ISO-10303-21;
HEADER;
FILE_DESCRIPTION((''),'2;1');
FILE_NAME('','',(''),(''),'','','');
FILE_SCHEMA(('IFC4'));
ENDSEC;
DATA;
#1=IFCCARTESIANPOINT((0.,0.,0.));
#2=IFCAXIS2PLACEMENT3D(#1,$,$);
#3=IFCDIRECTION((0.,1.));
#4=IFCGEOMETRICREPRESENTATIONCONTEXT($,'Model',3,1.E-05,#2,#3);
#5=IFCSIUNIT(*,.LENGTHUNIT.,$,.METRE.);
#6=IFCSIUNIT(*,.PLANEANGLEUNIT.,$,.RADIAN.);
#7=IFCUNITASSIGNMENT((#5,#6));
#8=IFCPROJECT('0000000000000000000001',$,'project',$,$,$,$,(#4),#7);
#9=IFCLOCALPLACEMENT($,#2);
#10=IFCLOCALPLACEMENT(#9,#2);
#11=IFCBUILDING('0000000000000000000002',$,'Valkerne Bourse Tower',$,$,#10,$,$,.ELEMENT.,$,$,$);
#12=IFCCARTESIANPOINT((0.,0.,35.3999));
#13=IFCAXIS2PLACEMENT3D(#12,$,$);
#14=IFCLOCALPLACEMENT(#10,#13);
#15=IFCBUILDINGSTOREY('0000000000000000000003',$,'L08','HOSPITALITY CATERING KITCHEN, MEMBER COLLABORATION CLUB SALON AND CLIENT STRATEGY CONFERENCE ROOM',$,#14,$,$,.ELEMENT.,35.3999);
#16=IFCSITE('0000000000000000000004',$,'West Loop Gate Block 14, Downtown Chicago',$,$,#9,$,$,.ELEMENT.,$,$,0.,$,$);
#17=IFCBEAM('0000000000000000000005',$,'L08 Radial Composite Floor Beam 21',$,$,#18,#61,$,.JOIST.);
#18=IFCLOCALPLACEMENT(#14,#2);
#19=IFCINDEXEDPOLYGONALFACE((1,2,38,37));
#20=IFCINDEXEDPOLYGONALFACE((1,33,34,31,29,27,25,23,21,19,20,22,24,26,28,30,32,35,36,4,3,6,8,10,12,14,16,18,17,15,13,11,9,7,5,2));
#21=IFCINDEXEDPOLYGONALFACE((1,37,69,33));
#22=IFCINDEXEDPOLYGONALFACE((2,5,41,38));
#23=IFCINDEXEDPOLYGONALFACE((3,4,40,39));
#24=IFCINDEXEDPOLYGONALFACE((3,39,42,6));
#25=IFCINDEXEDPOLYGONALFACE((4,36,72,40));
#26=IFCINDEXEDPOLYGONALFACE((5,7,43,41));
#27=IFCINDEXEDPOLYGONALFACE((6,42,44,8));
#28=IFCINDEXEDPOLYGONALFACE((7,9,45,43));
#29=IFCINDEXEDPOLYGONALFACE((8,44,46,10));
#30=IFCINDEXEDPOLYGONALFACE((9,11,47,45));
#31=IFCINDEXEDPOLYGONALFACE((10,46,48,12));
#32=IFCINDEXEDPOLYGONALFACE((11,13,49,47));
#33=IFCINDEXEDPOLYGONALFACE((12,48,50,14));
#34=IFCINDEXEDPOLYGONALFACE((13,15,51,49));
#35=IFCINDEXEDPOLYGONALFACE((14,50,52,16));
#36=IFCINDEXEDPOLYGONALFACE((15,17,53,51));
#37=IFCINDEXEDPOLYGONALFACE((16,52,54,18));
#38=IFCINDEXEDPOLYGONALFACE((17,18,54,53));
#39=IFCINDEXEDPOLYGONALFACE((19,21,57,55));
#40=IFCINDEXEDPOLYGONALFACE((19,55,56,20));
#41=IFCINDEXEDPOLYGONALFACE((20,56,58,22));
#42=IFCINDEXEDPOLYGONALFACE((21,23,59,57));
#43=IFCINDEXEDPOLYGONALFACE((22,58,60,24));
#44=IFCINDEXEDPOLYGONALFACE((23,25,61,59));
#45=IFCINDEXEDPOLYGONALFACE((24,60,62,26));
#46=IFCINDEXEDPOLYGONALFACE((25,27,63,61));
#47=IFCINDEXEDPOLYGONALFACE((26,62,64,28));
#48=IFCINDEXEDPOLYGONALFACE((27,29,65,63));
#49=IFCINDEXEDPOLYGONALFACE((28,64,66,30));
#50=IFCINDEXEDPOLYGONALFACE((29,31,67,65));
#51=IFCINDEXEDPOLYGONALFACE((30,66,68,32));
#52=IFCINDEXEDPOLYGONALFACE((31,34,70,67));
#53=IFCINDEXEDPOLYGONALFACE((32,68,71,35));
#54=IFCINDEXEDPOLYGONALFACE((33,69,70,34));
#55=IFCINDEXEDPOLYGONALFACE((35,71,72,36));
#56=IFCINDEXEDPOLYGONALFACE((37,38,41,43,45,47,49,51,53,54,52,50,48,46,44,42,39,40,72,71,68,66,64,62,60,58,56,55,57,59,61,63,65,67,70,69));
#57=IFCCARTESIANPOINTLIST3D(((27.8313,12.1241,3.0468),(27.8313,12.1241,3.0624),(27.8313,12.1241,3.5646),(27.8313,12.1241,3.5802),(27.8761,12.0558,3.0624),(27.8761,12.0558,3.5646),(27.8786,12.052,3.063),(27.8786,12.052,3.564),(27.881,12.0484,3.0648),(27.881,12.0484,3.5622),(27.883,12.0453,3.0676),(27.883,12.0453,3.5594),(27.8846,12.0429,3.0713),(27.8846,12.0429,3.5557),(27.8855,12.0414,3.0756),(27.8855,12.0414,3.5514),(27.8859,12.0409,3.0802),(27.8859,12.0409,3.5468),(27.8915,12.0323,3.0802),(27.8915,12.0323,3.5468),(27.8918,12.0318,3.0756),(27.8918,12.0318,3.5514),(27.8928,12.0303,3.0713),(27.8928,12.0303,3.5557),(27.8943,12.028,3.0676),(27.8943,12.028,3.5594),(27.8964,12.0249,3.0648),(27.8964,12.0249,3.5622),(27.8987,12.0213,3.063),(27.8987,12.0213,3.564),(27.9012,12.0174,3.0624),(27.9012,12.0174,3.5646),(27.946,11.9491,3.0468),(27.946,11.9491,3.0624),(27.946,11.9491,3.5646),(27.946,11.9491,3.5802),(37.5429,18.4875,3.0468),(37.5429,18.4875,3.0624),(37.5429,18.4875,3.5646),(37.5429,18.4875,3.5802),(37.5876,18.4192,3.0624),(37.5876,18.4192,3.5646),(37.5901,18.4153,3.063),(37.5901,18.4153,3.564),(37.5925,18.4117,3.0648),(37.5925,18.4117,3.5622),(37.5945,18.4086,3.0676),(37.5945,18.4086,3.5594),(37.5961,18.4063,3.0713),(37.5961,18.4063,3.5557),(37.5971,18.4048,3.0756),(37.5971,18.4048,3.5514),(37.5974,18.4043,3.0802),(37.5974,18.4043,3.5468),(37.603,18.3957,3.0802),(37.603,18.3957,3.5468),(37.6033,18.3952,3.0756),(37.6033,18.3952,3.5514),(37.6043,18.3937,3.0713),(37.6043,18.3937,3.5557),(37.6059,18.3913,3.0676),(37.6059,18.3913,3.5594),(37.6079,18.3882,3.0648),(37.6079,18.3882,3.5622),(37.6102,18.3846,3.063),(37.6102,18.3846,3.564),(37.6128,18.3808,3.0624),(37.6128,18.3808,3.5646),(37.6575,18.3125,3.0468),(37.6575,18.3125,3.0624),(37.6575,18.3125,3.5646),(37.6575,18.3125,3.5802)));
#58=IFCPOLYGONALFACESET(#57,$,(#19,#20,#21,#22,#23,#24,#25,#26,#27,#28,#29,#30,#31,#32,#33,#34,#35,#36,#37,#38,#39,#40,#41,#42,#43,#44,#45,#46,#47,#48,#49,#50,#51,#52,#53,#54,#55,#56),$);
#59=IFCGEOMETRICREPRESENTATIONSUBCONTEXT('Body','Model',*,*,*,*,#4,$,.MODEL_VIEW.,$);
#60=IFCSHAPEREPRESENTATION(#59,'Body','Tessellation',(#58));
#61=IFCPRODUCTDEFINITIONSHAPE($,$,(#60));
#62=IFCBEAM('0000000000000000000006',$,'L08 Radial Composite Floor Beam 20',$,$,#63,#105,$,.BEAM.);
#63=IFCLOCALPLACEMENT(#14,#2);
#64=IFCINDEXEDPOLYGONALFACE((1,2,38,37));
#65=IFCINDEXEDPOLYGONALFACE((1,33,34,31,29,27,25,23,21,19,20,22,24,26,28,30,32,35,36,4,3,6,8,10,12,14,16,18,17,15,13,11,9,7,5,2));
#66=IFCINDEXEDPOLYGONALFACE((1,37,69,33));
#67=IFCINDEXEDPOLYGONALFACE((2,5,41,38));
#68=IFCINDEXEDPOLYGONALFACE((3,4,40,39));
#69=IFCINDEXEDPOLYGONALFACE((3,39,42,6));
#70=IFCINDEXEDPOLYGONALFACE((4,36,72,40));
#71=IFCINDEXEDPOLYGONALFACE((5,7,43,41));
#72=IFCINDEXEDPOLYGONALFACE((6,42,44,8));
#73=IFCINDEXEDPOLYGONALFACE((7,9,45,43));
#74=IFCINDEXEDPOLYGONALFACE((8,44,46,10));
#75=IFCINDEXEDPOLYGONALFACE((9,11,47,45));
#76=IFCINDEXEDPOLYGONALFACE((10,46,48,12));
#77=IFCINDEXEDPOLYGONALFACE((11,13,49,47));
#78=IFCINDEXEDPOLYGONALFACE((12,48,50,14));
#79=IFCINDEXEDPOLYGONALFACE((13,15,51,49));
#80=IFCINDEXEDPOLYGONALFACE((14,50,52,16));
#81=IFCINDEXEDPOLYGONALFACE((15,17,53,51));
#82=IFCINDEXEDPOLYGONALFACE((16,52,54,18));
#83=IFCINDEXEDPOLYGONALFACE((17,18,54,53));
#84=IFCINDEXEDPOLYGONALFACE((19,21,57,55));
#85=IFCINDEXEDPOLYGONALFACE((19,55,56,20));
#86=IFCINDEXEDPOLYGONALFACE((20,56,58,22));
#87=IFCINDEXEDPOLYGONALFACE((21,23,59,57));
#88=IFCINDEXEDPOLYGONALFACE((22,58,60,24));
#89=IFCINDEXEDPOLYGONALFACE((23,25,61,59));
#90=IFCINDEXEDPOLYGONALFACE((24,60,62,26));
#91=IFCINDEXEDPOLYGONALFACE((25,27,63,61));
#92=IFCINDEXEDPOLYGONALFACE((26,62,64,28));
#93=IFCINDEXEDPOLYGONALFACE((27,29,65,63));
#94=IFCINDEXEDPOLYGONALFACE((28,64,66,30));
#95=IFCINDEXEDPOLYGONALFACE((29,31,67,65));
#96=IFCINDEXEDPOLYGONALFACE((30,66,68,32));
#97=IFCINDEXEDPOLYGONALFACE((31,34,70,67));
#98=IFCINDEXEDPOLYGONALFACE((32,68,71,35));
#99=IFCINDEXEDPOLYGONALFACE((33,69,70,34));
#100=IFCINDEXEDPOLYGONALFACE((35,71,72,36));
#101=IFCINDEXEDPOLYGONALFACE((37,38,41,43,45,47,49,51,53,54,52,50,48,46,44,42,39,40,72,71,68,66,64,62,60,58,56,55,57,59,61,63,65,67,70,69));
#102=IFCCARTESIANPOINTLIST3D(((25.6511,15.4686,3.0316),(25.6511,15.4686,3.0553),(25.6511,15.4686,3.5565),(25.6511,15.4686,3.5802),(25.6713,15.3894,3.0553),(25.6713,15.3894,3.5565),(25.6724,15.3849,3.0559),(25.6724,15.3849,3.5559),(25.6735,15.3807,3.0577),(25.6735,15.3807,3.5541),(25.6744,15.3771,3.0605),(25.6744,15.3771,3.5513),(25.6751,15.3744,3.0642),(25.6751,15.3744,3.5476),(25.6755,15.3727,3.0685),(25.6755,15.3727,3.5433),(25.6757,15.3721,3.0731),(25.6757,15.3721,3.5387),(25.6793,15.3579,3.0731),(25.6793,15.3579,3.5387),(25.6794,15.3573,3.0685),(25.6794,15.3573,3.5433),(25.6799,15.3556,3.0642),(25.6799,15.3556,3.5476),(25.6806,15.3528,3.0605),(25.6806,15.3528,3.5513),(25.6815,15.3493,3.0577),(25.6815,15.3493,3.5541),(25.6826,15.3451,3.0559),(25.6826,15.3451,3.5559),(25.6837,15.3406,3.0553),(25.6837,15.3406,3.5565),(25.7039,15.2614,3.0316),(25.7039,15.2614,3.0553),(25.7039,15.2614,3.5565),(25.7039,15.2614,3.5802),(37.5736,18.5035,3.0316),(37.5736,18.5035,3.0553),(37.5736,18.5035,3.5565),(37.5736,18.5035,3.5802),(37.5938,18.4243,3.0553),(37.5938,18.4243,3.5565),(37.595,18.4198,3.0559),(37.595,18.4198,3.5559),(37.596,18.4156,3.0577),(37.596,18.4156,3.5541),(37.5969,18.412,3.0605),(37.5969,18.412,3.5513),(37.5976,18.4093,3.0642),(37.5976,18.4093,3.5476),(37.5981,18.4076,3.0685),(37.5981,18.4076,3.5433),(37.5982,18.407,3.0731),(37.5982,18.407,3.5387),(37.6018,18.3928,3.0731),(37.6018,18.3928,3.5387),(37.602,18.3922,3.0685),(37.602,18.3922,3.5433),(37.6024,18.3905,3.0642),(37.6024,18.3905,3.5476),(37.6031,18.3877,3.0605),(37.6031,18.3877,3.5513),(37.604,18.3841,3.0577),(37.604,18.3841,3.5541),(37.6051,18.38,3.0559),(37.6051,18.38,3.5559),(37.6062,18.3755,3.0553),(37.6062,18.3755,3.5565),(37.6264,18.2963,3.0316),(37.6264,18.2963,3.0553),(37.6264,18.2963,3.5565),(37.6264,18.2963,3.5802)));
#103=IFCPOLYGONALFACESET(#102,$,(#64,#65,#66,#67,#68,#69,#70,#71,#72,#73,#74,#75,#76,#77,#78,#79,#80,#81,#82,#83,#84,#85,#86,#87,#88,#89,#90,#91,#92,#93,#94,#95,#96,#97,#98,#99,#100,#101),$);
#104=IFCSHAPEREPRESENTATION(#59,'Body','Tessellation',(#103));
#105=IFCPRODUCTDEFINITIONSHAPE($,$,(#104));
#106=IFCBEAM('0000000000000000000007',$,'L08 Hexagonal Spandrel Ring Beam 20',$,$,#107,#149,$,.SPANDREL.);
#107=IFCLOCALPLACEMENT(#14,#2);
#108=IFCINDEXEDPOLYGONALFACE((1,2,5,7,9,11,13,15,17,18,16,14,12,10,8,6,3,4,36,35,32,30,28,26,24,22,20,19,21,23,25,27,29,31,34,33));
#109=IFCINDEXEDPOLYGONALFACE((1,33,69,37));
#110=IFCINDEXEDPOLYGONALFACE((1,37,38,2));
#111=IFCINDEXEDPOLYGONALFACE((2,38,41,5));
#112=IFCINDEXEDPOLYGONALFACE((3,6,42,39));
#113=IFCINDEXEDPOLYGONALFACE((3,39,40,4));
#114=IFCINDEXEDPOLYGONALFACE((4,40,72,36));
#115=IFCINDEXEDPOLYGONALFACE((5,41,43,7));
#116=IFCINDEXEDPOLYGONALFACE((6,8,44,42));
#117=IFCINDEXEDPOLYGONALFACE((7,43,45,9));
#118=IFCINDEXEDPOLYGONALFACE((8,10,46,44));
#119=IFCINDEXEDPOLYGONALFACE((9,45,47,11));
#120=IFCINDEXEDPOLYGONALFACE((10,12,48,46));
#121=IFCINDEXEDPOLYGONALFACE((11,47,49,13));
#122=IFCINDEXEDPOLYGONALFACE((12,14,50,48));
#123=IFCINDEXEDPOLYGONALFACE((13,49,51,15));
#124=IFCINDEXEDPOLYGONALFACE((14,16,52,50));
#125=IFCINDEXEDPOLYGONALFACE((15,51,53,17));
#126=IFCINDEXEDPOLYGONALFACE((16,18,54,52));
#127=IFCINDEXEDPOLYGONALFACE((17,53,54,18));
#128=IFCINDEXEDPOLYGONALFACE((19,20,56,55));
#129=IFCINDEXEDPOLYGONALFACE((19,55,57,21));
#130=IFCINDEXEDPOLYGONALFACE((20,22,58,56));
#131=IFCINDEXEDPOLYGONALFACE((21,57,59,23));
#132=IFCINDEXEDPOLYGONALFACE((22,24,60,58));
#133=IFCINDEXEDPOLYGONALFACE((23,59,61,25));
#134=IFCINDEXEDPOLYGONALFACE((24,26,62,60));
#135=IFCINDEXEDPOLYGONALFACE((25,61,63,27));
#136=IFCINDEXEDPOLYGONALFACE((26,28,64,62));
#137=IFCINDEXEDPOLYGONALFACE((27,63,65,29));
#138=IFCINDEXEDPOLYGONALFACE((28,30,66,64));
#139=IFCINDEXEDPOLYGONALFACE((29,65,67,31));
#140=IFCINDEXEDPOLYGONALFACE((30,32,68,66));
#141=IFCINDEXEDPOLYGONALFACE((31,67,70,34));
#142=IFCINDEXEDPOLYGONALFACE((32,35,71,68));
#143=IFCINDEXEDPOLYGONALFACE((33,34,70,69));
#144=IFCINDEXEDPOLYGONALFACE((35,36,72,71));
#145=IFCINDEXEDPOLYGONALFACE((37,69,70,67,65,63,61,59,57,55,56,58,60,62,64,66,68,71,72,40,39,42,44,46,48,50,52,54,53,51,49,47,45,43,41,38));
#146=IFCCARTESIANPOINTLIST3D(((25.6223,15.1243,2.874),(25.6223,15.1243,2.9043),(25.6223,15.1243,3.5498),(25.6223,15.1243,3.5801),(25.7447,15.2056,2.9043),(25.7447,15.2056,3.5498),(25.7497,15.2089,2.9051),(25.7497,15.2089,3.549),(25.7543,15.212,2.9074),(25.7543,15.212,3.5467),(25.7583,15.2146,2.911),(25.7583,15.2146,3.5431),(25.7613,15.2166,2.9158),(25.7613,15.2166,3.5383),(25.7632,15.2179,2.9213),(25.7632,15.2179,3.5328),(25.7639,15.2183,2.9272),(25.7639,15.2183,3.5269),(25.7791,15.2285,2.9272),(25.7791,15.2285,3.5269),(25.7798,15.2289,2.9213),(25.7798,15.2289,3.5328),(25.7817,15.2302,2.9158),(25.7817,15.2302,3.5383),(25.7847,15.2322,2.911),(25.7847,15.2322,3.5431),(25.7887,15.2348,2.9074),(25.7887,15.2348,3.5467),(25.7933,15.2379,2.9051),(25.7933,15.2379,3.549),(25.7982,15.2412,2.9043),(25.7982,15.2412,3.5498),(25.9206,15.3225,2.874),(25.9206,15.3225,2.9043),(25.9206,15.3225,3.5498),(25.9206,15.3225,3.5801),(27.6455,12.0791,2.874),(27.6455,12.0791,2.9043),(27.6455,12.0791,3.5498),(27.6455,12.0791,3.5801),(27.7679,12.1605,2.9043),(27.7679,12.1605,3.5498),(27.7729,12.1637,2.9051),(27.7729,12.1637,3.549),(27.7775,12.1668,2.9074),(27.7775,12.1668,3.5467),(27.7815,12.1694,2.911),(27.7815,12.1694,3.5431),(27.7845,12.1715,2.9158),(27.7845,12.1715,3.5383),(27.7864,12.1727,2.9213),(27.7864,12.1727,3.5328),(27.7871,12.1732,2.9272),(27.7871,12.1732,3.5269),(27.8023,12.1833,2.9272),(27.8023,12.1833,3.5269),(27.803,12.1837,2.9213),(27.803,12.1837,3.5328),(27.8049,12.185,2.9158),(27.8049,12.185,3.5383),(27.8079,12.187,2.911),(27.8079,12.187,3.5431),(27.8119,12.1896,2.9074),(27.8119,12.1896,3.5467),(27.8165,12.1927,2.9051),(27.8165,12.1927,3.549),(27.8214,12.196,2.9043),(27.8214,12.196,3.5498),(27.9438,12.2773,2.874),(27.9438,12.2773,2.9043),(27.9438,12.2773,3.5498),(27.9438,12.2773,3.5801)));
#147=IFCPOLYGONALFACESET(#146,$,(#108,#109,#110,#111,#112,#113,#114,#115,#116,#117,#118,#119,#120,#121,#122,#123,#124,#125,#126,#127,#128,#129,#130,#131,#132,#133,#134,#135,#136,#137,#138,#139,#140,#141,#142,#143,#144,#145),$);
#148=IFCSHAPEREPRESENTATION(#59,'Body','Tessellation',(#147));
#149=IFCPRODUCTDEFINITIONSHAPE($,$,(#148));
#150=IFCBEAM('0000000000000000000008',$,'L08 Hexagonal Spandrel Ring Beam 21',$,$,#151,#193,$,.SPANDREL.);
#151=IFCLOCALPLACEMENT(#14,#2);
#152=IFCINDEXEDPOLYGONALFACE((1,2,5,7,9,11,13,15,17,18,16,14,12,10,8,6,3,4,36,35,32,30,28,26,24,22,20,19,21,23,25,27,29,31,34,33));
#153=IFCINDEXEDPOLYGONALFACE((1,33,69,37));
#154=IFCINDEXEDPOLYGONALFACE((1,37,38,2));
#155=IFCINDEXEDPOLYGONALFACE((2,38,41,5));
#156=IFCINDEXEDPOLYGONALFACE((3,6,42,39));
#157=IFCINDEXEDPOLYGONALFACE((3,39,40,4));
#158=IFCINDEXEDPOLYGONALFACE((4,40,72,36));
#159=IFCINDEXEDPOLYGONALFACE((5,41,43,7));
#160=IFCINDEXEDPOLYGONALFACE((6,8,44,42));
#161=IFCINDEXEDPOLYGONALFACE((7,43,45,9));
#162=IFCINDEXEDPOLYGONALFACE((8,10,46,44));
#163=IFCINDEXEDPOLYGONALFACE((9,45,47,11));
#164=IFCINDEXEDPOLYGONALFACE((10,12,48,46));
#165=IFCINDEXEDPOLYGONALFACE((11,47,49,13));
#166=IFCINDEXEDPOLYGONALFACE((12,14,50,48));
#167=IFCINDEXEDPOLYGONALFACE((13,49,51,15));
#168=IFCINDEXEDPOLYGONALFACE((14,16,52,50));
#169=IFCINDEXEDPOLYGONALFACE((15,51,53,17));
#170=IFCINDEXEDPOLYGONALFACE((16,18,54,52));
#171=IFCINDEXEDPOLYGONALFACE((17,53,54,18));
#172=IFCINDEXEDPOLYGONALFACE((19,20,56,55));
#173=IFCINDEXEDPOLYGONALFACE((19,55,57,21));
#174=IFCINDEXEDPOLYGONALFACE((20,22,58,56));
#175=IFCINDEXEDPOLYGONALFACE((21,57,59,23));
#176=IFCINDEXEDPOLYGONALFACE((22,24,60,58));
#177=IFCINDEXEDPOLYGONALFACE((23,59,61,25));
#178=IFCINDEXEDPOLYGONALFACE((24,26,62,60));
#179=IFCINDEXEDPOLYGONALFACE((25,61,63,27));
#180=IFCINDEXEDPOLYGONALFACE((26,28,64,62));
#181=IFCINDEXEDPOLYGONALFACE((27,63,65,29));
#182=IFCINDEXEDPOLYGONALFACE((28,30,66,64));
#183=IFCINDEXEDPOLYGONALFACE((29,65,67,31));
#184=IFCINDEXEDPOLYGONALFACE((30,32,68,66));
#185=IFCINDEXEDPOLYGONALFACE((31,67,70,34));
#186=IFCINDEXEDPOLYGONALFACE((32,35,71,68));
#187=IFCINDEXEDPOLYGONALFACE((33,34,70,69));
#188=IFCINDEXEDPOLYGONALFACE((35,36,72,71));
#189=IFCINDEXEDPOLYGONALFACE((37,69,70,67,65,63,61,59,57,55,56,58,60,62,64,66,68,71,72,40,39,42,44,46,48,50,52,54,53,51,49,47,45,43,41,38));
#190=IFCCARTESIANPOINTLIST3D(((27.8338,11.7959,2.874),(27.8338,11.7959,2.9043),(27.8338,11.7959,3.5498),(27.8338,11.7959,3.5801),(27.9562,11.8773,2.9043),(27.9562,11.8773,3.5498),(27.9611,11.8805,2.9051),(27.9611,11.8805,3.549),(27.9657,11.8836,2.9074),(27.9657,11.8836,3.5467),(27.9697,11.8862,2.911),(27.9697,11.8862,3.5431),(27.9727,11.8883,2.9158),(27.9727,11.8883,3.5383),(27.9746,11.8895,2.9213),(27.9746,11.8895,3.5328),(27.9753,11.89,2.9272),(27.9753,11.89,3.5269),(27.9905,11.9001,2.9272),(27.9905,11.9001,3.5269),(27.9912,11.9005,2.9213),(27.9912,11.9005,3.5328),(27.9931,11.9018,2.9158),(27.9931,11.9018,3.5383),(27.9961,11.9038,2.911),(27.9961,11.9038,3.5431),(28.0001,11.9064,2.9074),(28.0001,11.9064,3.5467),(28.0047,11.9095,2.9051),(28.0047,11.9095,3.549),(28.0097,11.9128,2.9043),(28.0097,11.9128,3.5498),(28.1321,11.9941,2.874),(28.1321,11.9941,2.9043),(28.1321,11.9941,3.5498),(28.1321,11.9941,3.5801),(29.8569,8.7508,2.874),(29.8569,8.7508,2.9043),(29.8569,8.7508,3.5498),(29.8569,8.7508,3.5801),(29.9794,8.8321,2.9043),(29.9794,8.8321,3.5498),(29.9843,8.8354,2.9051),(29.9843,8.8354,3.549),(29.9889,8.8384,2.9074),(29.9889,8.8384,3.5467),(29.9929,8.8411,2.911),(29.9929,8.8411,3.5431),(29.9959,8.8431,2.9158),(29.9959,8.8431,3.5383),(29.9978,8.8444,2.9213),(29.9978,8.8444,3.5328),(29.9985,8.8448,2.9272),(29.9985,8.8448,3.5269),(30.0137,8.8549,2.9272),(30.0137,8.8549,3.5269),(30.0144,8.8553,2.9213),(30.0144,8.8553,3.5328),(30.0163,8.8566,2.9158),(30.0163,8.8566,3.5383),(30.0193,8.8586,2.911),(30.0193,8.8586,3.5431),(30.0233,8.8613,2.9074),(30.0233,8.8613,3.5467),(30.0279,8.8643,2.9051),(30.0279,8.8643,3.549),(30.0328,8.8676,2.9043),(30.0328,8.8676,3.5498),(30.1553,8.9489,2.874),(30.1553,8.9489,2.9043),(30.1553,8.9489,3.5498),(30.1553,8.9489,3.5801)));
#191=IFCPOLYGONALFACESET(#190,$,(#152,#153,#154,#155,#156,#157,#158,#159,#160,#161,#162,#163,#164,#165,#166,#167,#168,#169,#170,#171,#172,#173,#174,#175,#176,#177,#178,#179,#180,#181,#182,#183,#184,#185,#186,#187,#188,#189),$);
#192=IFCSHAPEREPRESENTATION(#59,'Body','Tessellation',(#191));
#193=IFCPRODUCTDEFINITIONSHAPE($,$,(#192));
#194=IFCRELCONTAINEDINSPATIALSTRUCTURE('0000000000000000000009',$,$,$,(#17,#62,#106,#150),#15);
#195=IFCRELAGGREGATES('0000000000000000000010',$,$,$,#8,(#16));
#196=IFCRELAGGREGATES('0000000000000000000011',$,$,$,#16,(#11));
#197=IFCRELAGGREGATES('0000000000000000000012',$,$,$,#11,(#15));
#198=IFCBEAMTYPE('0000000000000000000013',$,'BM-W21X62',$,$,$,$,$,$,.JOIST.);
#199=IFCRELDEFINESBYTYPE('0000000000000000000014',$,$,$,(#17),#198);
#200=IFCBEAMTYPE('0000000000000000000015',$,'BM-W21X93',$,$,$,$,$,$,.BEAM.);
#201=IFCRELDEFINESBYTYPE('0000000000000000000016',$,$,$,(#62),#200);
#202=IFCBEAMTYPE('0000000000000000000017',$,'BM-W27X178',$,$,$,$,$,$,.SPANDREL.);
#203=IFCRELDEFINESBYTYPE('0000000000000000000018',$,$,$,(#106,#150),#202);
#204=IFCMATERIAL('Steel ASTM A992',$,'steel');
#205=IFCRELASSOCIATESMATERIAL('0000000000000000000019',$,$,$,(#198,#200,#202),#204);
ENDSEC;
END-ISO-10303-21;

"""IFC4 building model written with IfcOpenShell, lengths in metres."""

from ifc_helpers import new_model, si_unit, direction, frame, origin, origin_2d, place, context, subcontext, project, spatial, i_section, extrude, material, material_profile, profile_set, type_object, element, save


model = new_model("IFC4")

# Units and contexts
model_context = context("Model", 3, precision=1e-05, world=origin(), true_north=direction((0.0, 1.0)))
body_context = subcontext(model_context, "Body", "Model", "MODEL_VIEW")
ifc_project = project(units=[si_unit("LENGTHUNIT", "METRE"), si_unit("PLANEANGLEUNIT", "RADIAN")], contexts=[model_context])

# Site, building, storey
site_placement = place(None, origin())
site = spatial("IfcSite", under=ifc_project, at=site_placement, Name="West Loop Gate Block 14, Downtown Chicago", CompositionType="ELEMENT", RefElevation=0.0)
building_placement = place(site_placement, origin())
building = spatial("IfcBuilding", under=site, at=building_placement, Name="Valkerne Bourse Tower", CompositionType="ELEMENT")
storey_placement = place(building_placement, frame((0.0, 0.0, 35.3999)))
storey = spatial("IfcBuildingStorey", under=building, at=storey_placement, Name="L08", Description="HOSPITALITY CATERING KITCHEN, MEMBER COLLABORATION CLUB SALON AND CLIENT STRATEGY CONFERENCE ROOM", CompositionType="ELEMENT", Elevation=35.3999)

# Beams
ifc_material_1 = material(Name="Steel ASTM A992", Category="steel")
ifc_material_profile_1 = material_profile(ifc_material_1, i_section(OverallWidth=0.2092, OverallDepth=0.5334, WebThickness=0.0103, FlangeThickness=0.0156, FilletRadius=0.0178, at=origin_2d()), Name="W21X62")
ifc_profile_set_1 = profile_set([ifc_material_profile_1], Name="Steel ASTM A992")
beam_type_1 = type_object("IfcBeamType", Name="BM-W21X62", PredefinedType="JOIST", material=ifc_profile_set_1)
beam_1_placement = place(storey_placement, frame((27.8887, 12.0366, 3.3135), z_axis=(0.836437, 0.548064, 0.0), x_axis=(-0.548064, 0.836437, 0.0)))
element("IfcBeam", 1, at=beam_1_placement, inside=storey, type_object=beam_type_1, Name="L08 Radial Composite Floor Beam 21", PredefinedType="JOIST", context=body_context, shape_type="SweptSolid", body=[
    extrude(i_section(OverallWidth=0.2092, OverallDepth=0.5334, WebThickness=0.0103, FlangeThickness=0.0156, FilletRadius=0.0178, at=origin_2d()), origin(), (0.0, 0.0, 1.0), 11.6106),
])
ifc_material_profile_2 = material_profile(ifc_material_1, i_section(OverallWidth=0.2139, OverallDepth=0.5486, WebThickness=0.0146, FlangeThickness=0.0237, FilletRadius=0.0178, at=origin_2d()), Name="W21X93")
ifc_profile_set_2 = profile_set([ifc_material_profile_2], Name="Steel ASTM A992")
beam_type_2 = type_object("IfcBeamType", Name="BM-W21X93", PredefinedType="BEAM", material=ifc_profile_set_2)
beam_2_placement = place(storey_placement, frame((25.6775, 15.365, 3.3059), z_axis=(0.969096, 0.246684, 0.0), x_axis=(-0.246684, 0.969096, 0.0)))
element("IfcBeam", 2, at=beam_2_placement, inside=storey, type_object=beam_type_2, Name="L08 Radial Composite Floor Beam 20", PredefinedType="BEAM", context=body_context, shape_type="SweptSolid", body=[
    extrude(i_section(OverallWidth=0.2139, OverallDepth=0.5486, WebThickness=0.0146, FlangeThickness=0.0237, FilletRadius=0.0178, at=origin_2d()), origin(), (0.0, 0.0, 1.0), 12.3027),
])
ifc_material_profile_3 = material_profile(ifc_material_1, i_section(OverallWidth=0.3582, OverallDepth=0.7061, WebThickness=0.0183, FlangeThickness=0.0303, FilletRadius=0.0229, at=origin_2d()), Name="W27X178")
ifc_profile_set_3 = profile_set([ifc_material_profile_3], Name="Steel ASTM A992")
beam_type_3 = type_object("IfcBeamType", Name="BM-W27X178", PredefinedType="SPANDREL", material=ifc_profile_set_3)
for number, where, z_axis, x_axis, name in (
    (3, (25.7715, 15.2234, 3.2271), (0.55339, -0.832923, 0.0), (0.832923, 0.55339, 0.0), "L08 Hexagonal Spandrel Ring Beam 20"),
    (4, (27.9829, 11.895, 3.2271), (0.55339, -0.832923, 0.0), (0.832923, 0.55339, 0.0), "L08 Hexagonal Spandrel Ring Beam 21"),
):
    element("IfcBeam", number, at=place(storey_placement, frame(where, z_axis=z_axis, x_axis=x_axis)), inside=storey, type_object=beam_type_3, Name=name, PredefinedType="SPANDREL", context=body_context, shape_type="SweptSolid", body=[
        extrude(i_section(OverallWidth=0.3582, OverallDepth=0.7061, WebThickness=0.0183, FlangeThickness=0.0303, FilletRadius=0.0229, at=origin_2d()), origin(), (0.0, 0.0, 1.0), 3.656),
    ])

save(model, "model.ifc")
